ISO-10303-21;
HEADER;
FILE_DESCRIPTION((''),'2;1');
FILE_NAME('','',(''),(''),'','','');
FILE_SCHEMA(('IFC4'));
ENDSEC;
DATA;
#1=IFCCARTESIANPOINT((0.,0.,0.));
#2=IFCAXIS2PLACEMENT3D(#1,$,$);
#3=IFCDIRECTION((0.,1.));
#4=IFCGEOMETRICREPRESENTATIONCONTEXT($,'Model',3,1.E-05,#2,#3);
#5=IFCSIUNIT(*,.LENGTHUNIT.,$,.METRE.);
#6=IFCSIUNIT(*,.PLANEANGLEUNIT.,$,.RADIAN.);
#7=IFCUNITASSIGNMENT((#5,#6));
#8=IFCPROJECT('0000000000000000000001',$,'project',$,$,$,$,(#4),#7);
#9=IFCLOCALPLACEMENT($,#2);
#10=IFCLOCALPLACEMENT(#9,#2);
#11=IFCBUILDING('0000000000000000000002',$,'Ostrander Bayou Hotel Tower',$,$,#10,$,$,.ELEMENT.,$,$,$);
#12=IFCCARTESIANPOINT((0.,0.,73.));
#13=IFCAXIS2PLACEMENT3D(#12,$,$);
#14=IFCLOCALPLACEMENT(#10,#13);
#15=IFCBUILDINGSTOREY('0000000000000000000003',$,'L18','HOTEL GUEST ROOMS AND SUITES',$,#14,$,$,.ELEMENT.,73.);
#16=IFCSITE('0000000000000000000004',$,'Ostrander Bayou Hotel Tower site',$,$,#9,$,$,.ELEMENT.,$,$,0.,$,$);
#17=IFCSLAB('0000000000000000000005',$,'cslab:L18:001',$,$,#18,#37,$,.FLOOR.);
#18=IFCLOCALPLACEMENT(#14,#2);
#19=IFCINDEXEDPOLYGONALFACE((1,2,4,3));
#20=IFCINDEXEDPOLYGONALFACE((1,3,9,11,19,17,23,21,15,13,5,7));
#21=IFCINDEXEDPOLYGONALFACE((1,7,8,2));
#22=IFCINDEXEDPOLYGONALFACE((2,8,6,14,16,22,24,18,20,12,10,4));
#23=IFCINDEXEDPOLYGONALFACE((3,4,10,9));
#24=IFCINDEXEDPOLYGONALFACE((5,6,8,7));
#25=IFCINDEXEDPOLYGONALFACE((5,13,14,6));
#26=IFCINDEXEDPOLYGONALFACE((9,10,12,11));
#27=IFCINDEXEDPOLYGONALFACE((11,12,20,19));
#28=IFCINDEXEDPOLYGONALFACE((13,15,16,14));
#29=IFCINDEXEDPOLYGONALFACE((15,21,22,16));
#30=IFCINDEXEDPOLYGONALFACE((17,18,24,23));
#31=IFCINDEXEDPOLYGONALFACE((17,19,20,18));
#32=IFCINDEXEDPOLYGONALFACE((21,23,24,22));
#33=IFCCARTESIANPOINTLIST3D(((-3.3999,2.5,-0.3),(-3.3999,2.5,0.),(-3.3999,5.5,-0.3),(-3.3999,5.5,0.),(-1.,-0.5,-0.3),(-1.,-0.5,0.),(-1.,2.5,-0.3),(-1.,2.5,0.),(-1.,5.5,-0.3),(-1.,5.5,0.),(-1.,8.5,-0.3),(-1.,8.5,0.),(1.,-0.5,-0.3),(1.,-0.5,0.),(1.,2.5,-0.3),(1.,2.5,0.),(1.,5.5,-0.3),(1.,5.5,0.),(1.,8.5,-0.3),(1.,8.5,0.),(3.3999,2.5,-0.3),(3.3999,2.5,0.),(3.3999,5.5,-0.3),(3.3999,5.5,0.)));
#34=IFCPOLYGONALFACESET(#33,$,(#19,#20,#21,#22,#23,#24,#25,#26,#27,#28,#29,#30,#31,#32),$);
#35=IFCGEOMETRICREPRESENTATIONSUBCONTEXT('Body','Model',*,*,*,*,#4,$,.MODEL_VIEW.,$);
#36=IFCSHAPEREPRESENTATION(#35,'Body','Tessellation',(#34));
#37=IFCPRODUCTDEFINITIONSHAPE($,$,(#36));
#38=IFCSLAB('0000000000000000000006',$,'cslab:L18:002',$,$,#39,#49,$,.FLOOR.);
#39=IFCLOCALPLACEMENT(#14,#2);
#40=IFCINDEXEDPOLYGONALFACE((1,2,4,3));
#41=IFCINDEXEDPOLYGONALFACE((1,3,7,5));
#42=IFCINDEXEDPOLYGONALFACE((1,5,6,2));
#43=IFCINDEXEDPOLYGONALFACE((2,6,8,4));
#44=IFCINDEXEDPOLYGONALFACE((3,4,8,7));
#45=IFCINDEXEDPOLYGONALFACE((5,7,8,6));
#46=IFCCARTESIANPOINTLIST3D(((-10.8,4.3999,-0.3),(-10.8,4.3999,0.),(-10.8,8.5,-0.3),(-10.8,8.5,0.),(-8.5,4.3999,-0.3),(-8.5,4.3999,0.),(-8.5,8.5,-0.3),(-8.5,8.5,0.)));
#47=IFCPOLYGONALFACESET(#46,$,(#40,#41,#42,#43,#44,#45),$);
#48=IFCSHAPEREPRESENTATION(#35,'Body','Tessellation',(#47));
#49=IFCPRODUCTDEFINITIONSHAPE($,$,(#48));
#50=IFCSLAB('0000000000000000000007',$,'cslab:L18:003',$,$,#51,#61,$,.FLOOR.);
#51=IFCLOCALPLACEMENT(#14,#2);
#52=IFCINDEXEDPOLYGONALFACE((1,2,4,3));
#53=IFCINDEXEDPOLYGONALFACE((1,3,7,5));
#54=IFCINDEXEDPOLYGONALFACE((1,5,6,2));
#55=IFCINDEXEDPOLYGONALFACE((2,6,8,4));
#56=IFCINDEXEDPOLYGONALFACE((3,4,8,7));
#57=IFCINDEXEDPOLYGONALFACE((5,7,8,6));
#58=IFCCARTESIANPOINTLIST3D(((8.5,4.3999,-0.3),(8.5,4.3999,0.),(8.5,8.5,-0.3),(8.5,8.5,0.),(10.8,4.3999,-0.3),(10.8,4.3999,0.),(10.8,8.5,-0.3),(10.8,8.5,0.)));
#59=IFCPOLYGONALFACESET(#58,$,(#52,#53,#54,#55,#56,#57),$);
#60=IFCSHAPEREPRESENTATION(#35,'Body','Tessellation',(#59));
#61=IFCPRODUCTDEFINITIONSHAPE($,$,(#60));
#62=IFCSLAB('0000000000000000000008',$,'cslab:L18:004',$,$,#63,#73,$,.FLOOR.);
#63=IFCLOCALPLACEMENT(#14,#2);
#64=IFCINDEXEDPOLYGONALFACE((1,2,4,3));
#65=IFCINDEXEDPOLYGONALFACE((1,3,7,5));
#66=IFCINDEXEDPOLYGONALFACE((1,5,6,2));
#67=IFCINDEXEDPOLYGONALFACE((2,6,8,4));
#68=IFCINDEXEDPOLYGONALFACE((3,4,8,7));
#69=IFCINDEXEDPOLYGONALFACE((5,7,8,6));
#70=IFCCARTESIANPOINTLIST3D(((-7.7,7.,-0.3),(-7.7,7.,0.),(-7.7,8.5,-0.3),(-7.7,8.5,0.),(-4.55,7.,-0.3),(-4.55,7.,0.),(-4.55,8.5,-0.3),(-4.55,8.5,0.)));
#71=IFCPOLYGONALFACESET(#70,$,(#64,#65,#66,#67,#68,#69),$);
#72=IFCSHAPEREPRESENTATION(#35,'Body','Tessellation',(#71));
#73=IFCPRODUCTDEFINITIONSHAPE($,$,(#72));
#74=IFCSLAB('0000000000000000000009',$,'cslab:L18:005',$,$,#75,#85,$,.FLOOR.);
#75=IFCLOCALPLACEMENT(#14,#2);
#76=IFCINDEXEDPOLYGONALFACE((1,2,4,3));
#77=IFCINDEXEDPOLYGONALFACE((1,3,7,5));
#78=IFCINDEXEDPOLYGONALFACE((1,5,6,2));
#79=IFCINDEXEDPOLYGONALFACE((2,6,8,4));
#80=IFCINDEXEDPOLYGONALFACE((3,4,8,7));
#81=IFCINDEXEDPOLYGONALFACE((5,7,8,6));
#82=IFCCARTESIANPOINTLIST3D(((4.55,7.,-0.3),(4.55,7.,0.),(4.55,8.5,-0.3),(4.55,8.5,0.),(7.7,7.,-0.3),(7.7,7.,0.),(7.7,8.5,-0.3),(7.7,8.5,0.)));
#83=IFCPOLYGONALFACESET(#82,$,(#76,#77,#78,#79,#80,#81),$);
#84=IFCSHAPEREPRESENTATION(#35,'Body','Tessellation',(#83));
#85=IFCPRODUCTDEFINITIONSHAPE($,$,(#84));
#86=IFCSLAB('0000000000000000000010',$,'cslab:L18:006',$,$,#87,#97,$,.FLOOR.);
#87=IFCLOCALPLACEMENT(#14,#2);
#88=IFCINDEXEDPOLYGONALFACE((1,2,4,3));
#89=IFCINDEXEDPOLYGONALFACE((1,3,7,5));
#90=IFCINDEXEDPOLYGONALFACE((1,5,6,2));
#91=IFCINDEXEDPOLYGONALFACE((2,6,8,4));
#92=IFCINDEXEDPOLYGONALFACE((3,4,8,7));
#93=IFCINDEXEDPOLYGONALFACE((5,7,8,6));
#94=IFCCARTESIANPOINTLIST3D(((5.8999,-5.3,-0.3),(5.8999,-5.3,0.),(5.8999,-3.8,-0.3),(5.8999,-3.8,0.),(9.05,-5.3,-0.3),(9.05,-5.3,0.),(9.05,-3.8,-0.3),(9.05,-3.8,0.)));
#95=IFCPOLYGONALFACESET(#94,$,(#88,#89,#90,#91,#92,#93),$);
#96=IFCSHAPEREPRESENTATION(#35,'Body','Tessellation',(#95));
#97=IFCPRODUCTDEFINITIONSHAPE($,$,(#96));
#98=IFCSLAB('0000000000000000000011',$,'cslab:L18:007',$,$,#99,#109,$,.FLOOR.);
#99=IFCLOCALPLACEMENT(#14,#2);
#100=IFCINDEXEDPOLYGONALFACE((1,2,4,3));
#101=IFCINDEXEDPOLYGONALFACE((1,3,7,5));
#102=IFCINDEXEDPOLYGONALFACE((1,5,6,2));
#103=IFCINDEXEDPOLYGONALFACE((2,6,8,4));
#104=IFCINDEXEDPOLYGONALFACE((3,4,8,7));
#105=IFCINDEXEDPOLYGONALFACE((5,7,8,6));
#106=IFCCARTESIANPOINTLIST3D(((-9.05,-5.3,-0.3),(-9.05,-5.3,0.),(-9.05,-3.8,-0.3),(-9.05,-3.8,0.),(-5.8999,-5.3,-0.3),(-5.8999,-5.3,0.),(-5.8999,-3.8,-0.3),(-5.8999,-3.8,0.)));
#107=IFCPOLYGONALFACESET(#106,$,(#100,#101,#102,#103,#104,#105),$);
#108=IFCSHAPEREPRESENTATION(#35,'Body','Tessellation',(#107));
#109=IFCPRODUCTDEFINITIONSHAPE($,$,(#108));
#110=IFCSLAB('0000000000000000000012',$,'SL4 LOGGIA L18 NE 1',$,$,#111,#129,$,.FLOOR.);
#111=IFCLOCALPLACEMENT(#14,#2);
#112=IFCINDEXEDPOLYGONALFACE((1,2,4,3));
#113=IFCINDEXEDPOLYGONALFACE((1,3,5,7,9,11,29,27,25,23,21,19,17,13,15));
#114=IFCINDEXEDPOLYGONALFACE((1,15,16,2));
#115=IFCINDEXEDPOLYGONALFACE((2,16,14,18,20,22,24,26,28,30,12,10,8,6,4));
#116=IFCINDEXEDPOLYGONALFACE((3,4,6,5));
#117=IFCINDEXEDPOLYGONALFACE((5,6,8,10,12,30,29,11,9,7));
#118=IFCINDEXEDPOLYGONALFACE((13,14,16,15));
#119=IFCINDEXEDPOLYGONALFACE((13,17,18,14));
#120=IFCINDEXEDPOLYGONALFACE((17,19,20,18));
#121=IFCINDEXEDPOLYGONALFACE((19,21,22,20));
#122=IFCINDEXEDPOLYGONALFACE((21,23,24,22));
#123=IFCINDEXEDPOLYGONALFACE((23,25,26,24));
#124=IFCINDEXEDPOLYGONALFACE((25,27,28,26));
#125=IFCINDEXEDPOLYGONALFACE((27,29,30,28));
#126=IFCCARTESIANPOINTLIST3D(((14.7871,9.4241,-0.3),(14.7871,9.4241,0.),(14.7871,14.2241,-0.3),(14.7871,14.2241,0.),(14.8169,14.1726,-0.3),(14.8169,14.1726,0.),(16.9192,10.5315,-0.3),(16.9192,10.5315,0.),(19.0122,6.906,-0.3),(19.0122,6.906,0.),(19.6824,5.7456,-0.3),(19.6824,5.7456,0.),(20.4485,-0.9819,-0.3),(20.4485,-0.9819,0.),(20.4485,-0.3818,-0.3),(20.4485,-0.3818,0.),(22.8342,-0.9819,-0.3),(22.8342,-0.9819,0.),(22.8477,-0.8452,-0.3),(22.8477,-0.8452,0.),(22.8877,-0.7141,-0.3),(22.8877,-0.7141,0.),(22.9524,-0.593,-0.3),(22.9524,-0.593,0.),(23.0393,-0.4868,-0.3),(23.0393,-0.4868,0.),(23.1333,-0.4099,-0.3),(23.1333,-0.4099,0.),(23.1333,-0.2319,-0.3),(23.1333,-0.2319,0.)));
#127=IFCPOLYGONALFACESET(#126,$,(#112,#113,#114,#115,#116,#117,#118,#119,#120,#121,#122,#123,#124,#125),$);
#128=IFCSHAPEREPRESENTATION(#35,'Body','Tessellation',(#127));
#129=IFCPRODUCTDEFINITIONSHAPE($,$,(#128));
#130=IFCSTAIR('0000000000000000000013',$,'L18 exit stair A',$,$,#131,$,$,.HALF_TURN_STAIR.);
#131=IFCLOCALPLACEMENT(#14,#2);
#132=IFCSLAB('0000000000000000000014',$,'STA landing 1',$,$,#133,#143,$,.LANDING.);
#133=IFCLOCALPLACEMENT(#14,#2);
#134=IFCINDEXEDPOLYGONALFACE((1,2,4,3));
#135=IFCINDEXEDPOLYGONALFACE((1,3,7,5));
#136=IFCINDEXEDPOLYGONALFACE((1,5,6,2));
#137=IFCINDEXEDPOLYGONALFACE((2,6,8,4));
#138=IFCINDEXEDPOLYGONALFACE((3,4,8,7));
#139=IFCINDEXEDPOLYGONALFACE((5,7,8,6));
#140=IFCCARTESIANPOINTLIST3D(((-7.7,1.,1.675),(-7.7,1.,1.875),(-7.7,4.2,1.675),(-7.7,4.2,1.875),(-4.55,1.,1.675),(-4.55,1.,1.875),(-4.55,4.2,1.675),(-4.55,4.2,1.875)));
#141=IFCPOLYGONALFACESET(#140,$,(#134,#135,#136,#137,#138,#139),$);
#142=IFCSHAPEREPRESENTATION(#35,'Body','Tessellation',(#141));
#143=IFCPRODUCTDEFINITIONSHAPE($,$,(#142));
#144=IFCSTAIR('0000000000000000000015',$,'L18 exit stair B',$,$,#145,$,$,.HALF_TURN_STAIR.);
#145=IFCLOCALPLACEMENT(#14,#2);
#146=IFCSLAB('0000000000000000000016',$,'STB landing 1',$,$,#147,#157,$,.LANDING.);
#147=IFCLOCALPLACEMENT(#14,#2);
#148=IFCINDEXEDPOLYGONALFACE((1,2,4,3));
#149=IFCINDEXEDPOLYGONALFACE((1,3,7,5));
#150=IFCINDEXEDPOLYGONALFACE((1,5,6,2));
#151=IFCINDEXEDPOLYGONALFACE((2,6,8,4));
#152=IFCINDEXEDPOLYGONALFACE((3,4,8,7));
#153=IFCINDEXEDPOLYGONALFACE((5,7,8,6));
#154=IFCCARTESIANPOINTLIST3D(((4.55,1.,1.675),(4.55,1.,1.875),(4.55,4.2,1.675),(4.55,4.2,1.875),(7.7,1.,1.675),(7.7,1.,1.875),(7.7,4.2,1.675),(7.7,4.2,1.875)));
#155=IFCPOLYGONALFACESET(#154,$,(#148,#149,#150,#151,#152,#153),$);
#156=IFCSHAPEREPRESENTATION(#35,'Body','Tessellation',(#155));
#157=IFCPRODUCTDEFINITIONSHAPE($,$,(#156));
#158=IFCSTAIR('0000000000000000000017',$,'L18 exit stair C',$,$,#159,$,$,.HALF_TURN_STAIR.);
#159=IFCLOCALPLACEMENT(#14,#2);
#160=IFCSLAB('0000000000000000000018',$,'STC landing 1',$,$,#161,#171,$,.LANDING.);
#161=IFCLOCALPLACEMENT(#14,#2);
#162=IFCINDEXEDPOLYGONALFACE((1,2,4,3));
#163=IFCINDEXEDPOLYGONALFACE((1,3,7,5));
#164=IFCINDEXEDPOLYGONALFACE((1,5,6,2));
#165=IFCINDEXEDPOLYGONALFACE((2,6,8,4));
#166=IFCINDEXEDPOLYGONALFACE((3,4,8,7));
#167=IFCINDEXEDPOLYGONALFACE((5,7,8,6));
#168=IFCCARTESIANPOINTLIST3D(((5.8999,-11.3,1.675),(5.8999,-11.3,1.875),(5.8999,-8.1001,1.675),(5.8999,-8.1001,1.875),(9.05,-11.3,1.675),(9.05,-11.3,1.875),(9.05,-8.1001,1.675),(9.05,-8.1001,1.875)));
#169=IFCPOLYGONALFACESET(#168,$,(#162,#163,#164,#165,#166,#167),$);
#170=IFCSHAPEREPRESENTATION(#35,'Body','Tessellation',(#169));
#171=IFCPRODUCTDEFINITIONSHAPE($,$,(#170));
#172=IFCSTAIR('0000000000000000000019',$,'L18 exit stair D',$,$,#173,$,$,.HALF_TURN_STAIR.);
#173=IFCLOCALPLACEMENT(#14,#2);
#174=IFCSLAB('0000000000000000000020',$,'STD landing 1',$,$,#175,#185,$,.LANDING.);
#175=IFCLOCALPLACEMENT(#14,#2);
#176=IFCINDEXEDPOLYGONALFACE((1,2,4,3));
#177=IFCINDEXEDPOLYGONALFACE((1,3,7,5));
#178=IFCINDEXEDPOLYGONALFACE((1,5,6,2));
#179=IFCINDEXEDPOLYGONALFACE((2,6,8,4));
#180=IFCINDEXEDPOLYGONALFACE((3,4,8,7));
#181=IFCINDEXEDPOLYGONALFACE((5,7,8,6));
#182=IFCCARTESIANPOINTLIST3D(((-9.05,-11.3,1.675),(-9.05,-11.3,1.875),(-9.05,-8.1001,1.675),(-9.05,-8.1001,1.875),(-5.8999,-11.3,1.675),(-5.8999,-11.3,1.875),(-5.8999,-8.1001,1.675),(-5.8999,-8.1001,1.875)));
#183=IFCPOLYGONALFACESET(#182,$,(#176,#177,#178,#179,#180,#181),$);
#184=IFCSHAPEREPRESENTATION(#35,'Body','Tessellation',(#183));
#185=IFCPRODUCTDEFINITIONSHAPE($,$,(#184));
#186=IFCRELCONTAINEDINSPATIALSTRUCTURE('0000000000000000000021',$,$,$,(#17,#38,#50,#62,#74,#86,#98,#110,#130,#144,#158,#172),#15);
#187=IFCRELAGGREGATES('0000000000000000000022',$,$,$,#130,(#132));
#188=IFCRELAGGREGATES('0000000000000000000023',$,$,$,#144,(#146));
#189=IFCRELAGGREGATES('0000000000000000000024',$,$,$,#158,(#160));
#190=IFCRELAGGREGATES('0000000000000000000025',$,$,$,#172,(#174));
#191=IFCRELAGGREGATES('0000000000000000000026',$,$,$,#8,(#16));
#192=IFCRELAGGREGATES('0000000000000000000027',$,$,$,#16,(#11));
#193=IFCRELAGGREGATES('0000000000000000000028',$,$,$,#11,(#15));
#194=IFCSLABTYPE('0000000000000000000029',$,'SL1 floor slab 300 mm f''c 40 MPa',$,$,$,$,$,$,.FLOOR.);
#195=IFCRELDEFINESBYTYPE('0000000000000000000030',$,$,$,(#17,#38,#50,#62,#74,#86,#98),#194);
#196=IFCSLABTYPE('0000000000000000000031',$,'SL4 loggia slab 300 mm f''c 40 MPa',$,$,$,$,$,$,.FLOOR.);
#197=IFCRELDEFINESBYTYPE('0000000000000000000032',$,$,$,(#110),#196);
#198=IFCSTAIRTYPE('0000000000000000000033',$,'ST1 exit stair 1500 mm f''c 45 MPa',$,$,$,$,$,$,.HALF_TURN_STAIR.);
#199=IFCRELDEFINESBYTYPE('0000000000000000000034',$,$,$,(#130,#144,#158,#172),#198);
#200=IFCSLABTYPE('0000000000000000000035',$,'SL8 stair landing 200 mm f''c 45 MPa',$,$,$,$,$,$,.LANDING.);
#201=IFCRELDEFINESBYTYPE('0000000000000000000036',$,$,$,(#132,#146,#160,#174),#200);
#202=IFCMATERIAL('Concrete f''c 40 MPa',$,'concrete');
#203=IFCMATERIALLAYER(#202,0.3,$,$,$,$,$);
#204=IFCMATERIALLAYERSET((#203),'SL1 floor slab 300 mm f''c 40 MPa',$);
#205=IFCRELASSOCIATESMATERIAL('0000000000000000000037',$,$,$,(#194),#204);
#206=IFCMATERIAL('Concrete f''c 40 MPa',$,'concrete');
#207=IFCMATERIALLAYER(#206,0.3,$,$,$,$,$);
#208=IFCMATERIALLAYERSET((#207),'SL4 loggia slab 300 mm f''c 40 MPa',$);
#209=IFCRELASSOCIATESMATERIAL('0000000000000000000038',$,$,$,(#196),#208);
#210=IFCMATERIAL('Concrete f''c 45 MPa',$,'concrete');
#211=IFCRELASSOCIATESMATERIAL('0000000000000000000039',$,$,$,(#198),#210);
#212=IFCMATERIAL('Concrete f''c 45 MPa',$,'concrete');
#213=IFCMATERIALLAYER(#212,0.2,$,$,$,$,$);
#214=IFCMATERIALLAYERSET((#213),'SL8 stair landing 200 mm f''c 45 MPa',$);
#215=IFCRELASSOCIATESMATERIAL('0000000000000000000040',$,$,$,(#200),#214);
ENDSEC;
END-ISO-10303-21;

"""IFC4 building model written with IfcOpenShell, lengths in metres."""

from ifc_helpers import new_model, si_unit, direction, frame, origin, place, context, subcontext, project, spatial, polyline, outline, extrude, material, layer, layer_set, type_object, element, aggregate, save


model = new_model("IFC4")

# Units and contexts
model_context = context("Model", 3, precision=1e-05, world=origin(), true_north=direction((0.0, 1.0)))
body_context = subcontext(model_context, "Body", "Model", "MODEL_VIEW")
ifc_project = project(units=[si_unit("LENGTHUNIT", "METRE"), si_unit("PLANEANGLEUNIT", "RADIAN")], contexts=[model_context])

# Site, building, storey
site_placement = place(None, origin())
site = spatial("IfcSite", under=ifc_project, at=site_placement, Name="Ostrander Bayou Hotel Tower site", CompositionType="ELEMENT", RefElevation=0.0)
building_placement = place(site_placement, origin())
building = spatial("IfcBuilding", under=site, at=building_placement, Name="Ostrander Bayou Hotel Tower", CompositionType="ELEMENT")
storey_placement = place(building_placement, frame((0.0, 0.0, 73.0)))
storey = spatial("IfcBuildingStorey", under=building, at=storey_placement, Name="L18", Description="HOTEL GUEST ROOMS AND SUITES", CompositionType="ELEMENT", Elevation=73.0)

# Slabs
ifc_material_1 = material(Name="Concrete f'c 40 MPa", Category="concrete")
ifc_layer_1 = layer(ifc_material_1, 0.3)
ifc_layer_set_1 = layer_set([ifc_layer_1], Name="SL1 floor slab 300 mm f'c 40 MPa")
slab_type_1 = type_object("IfcSlabType", Name="SL1 floor slab 300 mm f'c 40 MPa", PredefinedType="FLOOR", material=ifc_layer_set_1)
slab_1_placement = place(storey_placement, frame((0.0, 0.0, -0.3)))
element("IfcSlab", 1, at=slab_1_placement, inside=storey, type_object=slab_type_1, Name="cslab:L18:001", PredefinedType="FLOOR", context=body_context, shape_type="SweptSolid", body=[
    extrude(outline(polyline([(-3.3999, 5.5), (-1.0, 5.5), (-1.0, 8.5), (1.0, 8.5), (1.0, 5.5), (3.3999, 5.5), (3.3999, 2.5), (1.0, 2.5), (1.0, -0.5), (-1.0, -0.5), (-1.0, 2.5), (-3.3999, 2.5), (-3.3999, 5.5)])), origin(), (0.0, 0.0, 1.0), 0.3),
])
slab_2_placement = place(storey_placement, frame((0.0, 0.0, -0.3)))
element("IfcSlab", 2, at=slab_2_placement, inside=storey, type_object=slab_type_1, Name="cslab:L18:002", PredefinedType="FLOOR", context=body_context, shape_type="SweptSolid", body=[
    extrude(outline(polyline([(-8.5, 4.3999), (-8.5, 8.5), (-10.8, 8.5), (-10.8, 4.3999), (-8.5, 4.3999)])), origin(), (0.0, 0.0, 1.0), 0.3),
])
slab_3_placement = place(storey_placement, frame((0.0, 0.0, -0.3)))
element("IfcSlab", 3, at=slab_3_placement, inside=storey, type_object=slab_type_1, Name="cslab:L18:003", PredefinedType="FLOOR", context=body_context, shape_type="SweptSolid", body=[
    extrude(outline(polyline([(10.8, 4.3999), (10.8, 8.5), (8.5, 8.5), (8.5, 4.3999), (10.8, 4.3999)])), origin(), (0.0, 0.0, 1.0), 0.3),
])
slab_4_placement = place(storey_placement, frame((0.0, 0.0, -0.3)))
element("IfcSlab", 4, at=slab_4_placement, inside=storey, type_object=slab_type_1, Name="cslab:L18:004", PredefinedType="FLOOR", context=body_context, shape_type="SweptSolid", body=[
    extrude(outline(polyline([(-4.55, 7.0), (-4.55, 8.5), (-7.7, 8.5), (-7.7, 7.0), (-4.55, 7.0)])), origin(), (0.0, 0.0, 1.0), 0.3),
])
slab_5_placement = place(storey_placement, frame((0.0, 0.0, -0.3)))
element("IfcSlab", 5, at=slab_5_placement, inside=storey, type_object=slab_type_1, Name="cslab:L18:005", PredefinedType="FLOOR", context=body_context, shape_type="SweptSolid", body=[
    extrude(outline(polyline([(7.7, 7.0), (7.7, 8.5), (4.55, 8.5), (4.55, 7.0), (7.7, 7.0)])), origin(), (0.0, 0.0, 1.0), 0.3),
])
slab_6_placement = place(storey_placement, frame((0.0, 0.0, -0.3)))
element("IfcSlab", 6, at=slab_6_placement, inside=storey, type_object=slab_type_1, Name="cslab:L18:006", PredefinedType="FLOOR", context=body_context, shape_type="SweptSolid", body=[
    extrude(outline(polyline([(9.05, -5.3), (9.05, -3.8), (5.8999, -3.8), (5.8999, -5.3), (9.05, -5.3)])), origin(), (0.0, 0.0, 1.0), 0.3),
])
slab_7_placement = place(storey_placement, frame((0.0, 0.0, -0.3)))
element("IfcSlab", 7, at=slab_7_placement, inside=storey, type_object=slab_type_1, Name="cslab:L18:007", PredefinedType="FLOOR", context=body_context, shape_type="SweptSolid", body=[
    extrude(outline(polyline([(-5.8999, -5.3), (-5.8999, -3.8), (-9.05, -3.8), (-9.05, -5.3), (-5.8999, -5.3)])), origin(), (0.0, 0.0, 1.0), 0.3),
])
ifc_material_2 = material(Name="Concrete f'c 40 MPa", Category="concrete")
ifc_layer_2 = layer(ifc_material_2, 0.3)
ifc_layer_set_2 = layer_set([ifc_layer_2], Name="SL4 loggia slab 300 mm f'c 40 MPa")
slab_type_2 = type_object("IfcSlabType", Name="SL4 loggia slab 300 mm f'c 40 MPa", PredefinedType="FLOOR", material=ifc_layer_set_2)
slab_8_placement = place(storey_placement, frame((0.0, 0.0, -0.3)))
element("IfcSlab", 8, at=slab_8_placement, inside=storey, type_object=slab_type_2, Name="SL4 LOGGIA L18 NE 1", PredefinedType="FLOOR", context=body_context, shape_type="SweptSolid", body=[
    extrude(outline(polyline([(14.7871, 14.2241), (14.8169, 14.1726), (16.9192, 10.5315), (19.0122, 6.906), (19.6824, 5.7456), (23.1333, -0.2319), (23.1333, -0.4099), (23.0393, -0.4868), (22.9524, -0.593), (22.8877, -0.7141), (22.8477, -0.8452), (22.8342, -0.9819), (20.4485, -0.9819), (20.4485, -0.3818), (14.7871, 9.4241), (14.7871, 14.2241)])), origin(), (0.0, 0.0, 1.0), 0.3),
])

# Stairs, slabs
ifc_material_3 = material(Name="Concrete f'c 45 MPa", Category="concrete")
stair_type = type_object("IfcStairType", Name="ST1 exit stair 1500 mm f'c 45 MPa", PredefinedType="HALF_TURN_STAIR", material=ifc_material_3)
stair_1_placement = place(storey_placement, origin())
stair_1 = element("IfcStair", 9, at=stair_1_placement, inside=storey, type_object=stair_type, Name="L18 exit stair A", PredefinedType="HALF_TURN_STAIR")
ifc_material_4 = material(Name="Concrete f'c 45 MPa", Category="concrete")
ifc_layer_3 = layer(ifc_material_4, 0.2)
ifc_layer_set_3 = layer_set([ifc_layer_3], Name="SL8 stair landing 200 mm f'c 45 MPa")
slab_type_3 = type_object("IfcSlabType", Name="SL8 stair landing 200 mm f'c 45 MPa", PredefinedType="LANDING", material=ifc_layer_set_3)
slab_9_placement = place(storey_placement, frame((0.0, 0.0, 1.675)))
slab_9 = element("IfcSlab", 10, at=slab_9_placement, type_object=slab_type_3, Name="STA landing 1", PredefinedType="LANDING", context=body_context, shape_type="SweptSolid", body=[
    extrude(outline(polyline([(-7.7, 4.2), (-7.7, 1.0), (-4.55, 1.0), (-4.55, 4.2), (-7.7, 4.2)])), origin(), (0.0, 0.0, 1.0), 0.2),
])
aggregate(stair_1, [slab_9])
stair_2_placement = place(storey_placement, origin())
stair_2 = element("IfcStair", 11, at=stair_2_placement, inside=storey, type_object=stair_type, Name="L18 exit stair B", PredefinedType="HALF_TURN_STAIR")
slab_10_placement = place(storey_placement, frame((0.0, 0.0, 1.675)))
slab_10 = element("IfcSlab", 12, at=slab_10_placement, type_object=slab_type_3, Name="STB landing 1", PredefinedType="LANDING", context=body_context, shape_type="SweptSolid", body=[
    extrude(outline(polyline([(4.55, 4.2), (4.55, 1.0), (7.7, 1.0), (7.7, 4.2), (4.55, 4.2)])), origin(), (0.0, 0.0, 1.0), 0.2),
])
aggregate(stair_2, [slab_10])
stair_3_placement = place(storey_placement, origin())
stair_3 = element("IfcStair", 13, at=stair_3_placement, inside=storey, type_object=stair_type, Name="L18 exit stair C", PredefinedType="HALF_TURN_STAIR")
slab_11_placement = place(storey_placement, frame((0.0, 0.0, 1.675)))
slab_11 = element("IfcSlab", 14, at=slab_11_placement, type_object=slab_type_3, Name="STC landing 1", PredefinedType="LANDING", context=body_context, shape_type="SweptSolid", body=[
    extrude(outline(polyline([(5.8999, -8.1001), (5.8999, -11.3), (9.05, -11.3), (9.05, -8.1001), (5.8999, -8.1001)])), origin(), (0.0, 0.0, 1.0), 0.2),
])
aggregate(stair_3, [slab_11])
stair_4_placement = place(storey_placement, origin())
stair_4 = element("IfcStair", 15, at=stair_4_placement, inside=storey, type_object=stair_type, Name="L18 exit stair D", PredefinedType="HALF_TURN_STAIR")
slab_12_placement = place(storey_placement, frame((0.0, 0.0, 1.675)))
slab_12 = element("IfcSlab", 16, at=slab_12_placement, type_object=slab_type_3, Name="STD landing 1", PredefinedType="LANDING", context=body_context, shape_type="SweptSolid", body=[
    extrude(outline(polyline([(-9.05, -8.1001), (-9.05, -11.3), (-5.8999, -11.3), (-5.8999, -8.1001), (-9.05, -8.1001)])), origin(), (0.0, 0.0, 1.0), 0.2),
])
aggregate(stair_4, [slab_12])

save(model, "model.ifc")
